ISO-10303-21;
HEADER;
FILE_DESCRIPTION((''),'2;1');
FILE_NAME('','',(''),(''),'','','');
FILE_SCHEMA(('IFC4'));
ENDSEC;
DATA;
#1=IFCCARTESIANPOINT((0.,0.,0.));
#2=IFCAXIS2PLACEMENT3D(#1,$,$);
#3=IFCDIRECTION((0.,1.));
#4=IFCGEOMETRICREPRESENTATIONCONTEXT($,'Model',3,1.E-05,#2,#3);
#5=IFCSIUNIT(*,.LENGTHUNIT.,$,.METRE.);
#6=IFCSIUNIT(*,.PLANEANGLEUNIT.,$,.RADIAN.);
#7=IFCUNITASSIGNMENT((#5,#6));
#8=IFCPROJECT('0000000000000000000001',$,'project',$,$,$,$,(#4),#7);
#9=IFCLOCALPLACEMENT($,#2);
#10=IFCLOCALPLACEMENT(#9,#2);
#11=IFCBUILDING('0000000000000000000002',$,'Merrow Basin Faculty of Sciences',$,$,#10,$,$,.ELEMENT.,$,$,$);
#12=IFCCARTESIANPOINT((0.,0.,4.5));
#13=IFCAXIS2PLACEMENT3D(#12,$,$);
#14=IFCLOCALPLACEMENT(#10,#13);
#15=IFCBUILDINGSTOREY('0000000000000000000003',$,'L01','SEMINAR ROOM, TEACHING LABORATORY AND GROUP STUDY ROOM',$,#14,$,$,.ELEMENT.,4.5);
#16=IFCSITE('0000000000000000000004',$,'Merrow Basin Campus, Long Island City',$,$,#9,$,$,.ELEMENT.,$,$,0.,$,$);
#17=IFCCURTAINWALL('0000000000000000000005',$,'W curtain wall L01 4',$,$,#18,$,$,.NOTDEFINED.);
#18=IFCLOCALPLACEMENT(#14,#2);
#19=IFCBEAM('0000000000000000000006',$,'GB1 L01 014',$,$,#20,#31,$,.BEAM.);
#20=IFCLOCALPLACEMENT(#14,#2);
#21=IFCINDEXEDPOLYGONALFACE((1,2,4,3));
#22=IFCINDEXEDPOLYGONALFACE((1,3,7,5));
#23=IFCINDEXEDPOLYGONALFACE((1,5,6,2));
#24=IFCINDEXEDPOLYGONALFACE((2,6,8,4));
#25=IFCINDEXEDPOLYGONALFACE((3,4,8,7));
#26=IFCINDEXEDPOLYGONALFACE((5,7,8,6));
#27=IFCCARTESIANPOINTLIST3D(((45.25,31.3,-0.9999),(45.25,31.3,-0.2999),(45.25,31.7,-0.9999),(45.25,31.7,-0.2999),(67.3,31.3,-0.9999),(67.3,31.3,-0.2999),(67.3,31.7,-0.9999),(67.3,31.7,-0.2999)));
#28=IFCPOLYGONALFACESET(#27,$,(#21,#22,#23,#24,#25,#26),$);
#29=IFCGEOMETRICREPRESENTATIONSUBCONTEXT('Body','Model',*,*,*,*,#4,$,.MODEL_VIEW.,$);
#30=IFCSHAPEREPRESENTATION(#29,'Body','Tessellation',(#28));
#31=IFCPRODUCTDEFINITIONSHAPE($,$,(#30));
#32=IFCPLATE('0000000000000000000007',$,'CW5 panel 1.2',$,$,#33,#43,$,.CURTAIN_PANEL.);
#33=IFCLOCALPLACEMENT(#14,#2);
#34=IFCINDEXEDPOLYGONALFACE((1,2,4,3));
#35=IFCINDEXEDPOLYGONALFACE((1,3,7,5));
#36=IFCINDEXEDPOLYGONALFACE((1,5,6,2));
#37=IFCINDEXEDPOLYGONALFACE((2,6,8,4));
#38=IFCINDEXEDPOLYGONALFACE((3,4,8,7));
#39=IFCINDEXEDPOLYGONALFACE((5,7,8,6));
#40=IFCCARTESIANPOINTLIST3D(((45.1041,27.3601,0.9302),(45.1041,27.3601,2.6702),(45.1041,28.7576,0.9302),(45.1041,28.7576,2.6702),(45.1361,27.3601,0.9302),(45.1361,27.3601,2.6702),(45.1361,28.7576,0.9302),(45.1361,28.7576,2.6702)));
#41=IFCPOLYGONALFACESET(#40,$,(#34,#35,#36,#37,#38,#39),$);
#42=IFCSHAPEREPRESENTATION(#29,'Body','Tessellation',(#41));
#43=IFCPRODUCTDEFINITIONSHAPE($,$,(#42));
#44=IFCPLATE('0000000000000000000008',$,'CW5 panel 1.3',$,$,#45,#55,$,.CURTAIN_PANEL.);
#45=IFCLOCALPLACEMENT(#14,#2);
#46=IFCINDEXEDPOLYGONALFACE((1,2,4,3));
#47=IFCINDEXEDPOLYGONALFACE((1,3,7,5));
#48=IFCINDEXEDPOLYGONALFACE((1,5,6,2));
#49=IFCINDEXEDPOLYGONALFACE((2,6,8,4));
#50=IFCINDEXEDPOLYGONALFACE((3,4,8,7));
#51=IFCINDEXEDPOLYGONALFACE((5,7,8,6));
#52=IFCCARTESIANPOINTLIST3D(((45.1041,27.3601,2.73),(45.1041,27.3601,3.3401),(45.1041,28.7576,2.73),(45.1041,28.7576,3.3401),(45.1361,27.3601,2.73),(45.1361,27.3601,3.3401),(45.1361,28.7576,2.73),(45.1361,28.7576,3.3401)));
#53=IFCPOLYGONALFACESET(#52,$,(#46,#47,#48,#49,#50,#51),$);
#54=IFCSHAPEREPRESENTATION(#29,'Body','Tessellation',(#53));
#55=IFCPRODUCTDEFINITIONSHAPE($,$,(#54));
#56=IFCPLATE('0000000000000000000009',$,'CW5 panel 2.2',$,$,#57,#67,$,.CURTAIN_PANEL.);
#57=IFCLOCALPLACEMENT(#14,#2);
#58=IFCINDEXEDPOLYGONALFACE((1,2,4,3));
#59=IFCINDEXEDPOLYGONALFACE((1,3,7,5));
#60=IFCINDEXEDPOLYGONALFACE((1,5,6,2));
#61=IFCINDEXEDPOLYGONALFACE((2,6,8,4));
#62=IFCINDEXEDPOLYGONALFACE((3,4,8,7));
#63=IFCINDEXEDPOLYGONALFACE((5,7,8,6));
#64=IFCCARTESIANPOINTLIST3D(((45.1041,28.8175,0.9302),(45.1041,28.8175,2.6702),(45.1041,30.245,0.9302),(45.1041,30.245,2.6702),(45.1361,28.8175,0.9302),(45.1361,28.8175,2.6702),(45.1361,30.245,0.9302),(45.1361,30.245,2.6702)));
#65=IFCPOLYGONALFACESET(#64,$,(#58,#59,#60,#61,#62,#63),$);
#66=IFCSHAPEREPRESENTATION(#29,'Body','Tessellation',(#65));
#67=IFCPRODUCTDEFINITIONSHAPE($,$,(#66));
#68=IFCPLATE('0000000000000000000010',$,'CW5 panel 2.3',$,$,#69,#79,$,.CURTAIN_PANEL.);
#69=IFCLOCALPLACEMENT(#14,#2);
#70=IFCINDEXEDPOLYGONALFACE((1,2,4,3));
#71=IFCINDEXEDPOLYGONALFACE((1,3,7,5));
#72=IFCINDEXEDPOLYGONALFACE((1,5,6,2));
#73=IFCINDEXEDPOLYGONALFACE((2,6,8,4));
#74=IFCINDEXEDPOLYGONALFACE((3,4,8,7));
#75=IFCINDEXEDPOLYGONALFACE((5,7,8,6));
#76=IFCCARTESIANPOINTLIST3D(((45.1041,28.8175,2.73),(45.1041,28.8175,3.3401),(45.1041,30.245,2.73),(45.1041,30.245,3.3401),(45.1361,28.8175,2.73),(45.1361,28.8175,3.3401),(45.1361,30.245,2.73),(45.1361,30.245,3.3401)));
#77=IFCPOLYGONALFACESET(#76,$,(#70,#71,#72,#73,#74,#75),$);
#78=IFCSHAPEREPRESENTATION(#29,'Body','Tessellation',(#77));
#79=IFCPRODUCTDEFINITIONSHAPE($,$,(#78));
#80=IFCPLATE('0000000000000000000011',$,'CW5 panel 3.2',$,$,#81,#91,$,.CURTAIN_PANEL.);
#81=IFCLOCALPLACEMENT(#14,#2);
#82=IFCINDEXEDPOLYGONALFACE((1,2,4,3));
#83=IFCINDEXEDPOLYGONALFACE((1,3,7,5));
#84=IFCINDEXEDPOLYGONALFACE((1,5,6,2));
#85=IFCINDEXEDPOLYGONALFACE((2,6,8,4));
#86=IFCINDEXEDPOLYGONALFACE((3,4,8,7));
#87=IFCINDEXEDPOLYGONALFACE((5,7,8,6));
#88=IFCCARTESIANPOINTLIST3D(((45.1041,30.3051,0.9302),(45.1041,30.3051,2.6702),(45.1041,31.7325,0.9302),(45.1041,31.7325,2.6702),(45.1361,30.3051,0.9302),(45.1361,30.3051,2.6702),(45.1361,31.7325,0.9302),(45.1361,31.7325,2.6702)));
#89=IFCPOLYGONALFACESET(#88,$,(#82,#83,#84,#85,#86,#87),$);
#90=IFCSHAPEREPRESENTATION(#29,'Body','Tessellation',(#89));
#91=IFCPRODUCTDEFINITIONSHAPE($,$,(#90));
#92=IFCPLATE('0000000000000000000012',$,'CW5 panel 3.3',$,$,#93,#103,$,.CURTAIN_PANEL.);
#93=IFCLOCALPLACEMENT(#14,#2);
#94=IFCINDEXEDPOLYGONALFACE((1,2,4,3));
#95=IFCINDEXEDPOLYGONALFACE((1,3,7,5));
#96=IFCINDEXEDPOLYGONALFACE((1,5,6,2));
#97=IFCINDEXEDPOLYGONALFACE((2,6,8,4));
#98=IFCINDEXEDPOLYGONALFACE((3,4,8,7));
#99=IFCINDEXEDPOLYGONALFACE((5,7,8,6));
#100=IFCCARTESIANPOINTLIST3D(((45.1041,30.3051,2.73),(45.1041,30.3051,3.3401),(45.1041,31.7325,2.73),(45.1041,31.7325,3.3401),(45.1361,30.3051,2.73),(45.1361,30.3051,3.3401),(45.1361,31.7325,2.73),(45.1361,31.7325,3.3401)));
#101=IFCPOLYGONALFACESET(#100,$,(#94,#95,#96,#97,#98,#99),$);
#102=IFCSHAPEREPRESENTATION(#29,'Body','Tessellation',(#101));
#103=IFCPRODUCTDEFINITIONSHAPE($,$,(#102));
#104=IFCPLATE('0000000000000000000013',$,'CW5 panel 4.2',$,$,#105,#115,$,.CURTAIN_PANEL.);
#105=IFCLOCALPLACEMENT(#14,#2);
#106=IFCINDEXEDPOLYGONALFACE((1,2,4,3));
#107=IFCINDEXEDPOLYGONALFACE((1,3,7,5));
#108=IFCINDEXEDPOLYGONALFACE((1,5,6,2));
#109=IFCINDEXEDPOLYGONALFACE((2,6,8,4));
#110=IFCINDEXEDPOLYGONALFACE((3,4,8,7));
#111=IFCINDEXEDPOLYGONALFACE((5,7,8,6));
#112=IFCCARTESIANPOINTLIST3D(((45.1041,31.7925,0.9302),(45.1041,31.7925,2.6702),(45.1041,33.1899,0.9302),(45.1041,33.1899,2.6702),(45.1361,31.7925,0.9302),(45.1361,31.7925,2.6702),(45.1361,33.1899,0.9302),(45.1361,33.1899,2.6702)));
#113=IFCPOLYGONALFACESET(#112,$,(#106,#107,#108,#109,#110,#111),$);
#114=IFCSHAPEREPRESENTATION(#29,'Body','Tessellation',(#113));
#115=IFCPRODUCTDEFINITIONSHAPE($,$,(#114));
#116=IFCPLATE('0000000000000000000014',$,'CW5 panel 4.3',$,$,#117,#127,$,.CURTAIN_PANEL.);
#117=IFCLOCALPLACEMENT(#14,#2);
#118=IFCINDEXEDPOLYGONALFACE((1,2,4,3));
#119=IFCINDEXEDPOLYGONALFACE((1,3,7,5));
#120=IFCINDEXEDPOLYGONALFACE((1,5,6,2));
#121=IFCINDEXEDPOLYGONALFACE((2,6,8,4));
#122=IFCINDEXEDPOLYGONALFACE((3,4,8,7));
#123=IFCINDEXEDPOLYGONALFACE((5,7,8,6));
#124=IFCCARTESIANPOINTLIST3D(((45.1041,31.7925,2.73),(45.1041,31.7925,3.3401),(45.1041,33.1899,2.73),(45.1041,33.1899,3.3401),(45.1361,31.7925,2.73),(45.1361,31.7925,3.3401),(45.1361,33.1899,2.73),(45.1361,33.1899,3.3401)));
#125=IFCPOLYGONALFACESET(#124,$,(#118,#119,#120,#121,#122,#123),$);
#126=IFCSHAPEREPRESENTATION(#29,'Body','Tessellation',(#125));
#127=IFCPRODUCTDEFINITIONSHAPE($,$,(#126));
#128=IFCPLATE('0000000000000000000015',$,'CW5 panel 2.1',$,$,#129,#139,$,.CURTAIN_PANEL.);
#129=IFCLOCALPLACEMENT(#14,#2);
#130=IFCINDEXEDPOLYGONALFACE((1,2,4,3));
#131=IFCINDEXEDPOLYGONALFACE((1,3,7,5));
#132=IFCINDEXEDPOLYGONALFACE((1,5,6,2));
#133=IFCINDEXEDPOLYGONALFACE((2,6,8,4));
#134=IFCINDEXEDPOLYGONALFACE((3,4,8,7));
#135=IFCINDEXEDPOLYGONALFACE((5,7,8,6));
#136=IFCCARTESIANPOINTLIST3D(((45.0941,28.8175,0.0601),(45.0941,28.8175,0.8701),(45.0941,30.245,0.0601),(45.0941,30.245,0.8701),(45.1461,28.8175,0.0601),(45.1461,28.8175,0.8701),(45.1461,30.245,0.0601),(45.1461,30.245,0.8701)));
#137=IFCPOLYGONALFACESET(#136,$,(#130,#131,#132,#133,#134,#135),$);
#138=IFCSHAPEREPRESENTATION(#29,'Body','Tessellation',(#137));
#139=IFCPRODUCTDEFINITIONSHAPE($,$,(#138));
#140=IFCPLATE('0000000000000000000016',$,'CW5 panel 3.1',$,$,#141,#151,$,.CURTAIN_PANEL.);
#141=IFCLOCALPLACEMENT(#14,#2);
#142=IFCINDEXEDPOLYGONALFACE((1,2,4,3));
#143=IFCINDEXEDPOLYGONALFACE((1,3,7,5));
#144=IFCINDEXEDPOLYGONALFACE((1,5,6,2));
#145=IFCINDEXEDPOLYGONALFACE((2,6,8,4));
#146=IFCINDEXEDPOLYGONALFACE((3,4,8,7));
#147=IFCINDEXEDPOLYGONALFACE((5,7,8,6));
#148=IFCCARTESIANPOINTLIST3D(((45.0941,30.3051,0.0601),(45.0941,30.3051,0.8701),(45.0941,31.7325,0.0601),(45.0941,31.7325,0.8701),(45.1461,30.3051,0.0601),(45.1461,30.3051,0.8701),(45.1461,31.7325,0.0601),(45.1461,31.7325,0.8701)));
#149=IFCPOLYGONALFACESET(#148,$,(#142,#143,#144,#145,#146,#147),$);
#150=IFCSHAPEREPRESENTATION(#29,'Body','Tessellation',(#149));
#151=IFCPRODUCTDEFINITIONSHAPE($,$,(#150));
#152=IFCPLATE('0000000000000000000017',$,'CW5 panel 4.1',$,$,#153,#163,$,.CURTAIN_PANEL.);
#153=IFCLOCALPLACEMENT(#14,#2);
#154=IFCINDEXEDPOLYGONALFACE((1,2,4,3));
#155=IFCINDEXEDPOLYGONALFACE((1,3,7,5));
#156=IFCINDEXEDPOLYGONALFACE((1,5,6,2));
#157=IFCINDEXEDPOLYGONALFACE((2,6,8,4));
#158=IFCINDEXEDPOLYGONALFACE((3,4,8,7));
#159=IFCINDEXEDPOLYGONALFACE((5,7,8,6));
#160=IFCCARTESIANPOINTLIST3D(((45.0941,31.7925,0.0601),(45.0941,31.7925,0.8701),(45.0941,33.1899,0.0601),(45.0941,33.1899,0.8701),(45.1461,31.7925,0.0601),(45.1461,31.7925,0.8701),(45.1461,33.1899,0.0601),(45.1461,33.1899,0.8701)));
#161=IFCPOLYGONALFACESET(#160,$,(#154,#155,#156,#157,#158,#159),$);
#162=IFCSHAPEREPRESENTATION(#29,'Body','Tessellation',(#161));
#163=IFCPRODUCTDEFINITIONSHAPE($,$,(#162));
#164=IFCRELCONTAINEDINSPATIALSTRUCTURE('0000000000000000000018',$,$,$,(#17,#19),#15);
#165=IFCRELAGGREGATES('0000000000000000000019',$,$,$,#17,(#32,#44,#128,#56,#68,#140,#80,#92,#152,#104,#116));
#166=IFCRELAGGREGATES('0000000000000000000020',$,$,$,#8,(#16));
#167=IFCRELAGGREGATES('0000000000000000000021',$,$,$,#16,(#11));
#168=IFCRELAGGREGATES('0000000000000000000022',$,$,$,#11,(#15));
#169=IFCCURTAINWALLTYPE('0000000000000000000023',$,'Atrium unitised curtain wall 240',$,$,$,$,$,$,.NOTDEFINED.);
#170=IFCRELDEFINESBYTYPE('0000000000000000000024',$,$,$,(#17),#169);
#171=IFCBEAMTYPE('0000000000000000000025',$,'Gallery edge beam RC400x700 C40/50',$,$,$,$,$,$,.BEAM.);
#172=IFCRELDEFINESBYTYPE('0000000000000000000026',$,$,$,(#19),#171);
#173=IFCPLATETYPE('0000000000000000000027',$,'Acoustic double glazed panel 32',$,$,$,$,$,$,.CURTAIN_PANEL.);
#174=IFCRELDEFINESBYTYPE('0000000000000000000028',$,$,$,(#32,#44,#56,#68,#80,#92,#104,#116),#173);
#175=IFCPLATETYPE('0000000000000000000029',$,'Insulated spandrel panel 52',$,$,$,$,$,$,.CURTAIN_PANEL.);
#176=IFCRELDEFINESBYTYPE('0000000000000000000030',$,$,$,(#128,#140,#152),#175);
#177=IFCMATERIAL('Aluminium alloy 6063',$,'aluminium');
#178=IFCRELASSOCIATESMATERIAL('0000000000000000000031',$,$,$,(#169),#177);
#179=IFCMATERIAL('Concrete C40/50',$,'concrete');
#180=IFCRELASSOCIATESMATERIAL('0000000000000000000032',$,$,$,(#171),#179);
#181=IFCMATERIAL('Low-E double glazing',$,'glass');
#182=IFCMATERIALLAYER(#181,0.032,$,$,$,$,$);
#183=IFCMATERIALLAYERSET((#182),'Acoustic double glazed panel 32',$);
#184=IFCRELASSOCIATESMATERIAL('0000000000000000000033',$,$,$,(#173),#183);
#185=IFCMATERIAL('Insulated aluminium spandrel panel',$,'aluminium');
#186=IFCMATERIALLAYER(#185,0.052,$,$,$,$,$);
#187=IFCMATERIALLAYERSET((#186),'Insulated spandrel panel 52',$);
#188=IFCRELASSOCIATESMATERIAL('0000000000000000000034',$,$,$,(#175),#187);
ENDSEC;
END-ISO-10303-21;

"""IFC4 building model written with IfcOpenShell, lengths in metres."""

from ifc_helpers import new_model, si_unit, direction, frame, origin, origin_2d, place, context, subcontext, project, spatial, rectangle, extrude, material, layer, layer_set, material_profile, profile_set, type_object, element, aggregate, save


model = new_model("IFC4")

# Units and contexts
model_context = context("Model", 3, precision=1e-05, world=origin(), true_north=direction((0.0, 1.0)))
body_context = subcontext(model_context, "Body", "Model", "MODEL_VIEW")
ifc_project = project(units=[si_unit("LENGTHUNIT", "METRE"), si_unit("PLANEANGLEUNIT", "RADIAN")], contexts=[model_context])

# Site, building, storey
site_placement = place(None, origin())
site = spatial("IfcSite", under=ifc_project, at=site_placement, Name="Merrow Basin Campus, Long Island City", CompositionType="ELEMENT", RefElevation=0.0)
building_placement = place(site_placement, origin())
building = spatial("IfcBuilding", under=site, at=building_placement, Name="Merrow Basin Faculty of Sciences", CompositionType="ELEMENT")
storey_placement = place(building_placement, frame((0.0, 0.0, 4.5)))
storey = spatial("IfcBuildingStorey", under=building, at=storey_placement, Name="L01", Description="SEMINAR ROOM, TEACHING LABORATORY AND GROUP STUDY ROOM", CompositionType="ELEMENT", Elevation=4.5)

# Curtain wall
ifc_material_1 = material(Name="Aluminium alloy 6063", Category="aluminium")
curtain_wall_type = type_object("IfcCurtainWallType", Name="Atrium unitised curtain wall 240", PredefinedType="NOTDEFINED", material=ifc_material_1)
curtain_wall_placement = place(storey_placement, origin())
curtain_wall = element("IfcCurtainWall", 1, at=curtain_wall_placement, inside=storey, type_object=curtain_wall_type, Name="W curtain wall L01 4", PredefinedType="NOTDEFINED")

# Beam
ifc_material_2 = material(Name="Concrete C40/50", Category="concrete")
ifc_material_profile_1 = material_profile(ifc_material_2, rectangle(XDim=0.3999, YDim=0.7, at=origin_2d()))
ifc_profile_set_1 = profile_set([ifc_material_profile_1], Name="Concrete C40/50")
beam_type = type_object("IfcBeamType", Name="Gallery edge beam RC400x700 C40/50", PredefinedType="BEAM", material=ifc_profile_set_1)
beam_placement = place(storey_placement, frame((45.25, 31.5, -0.6499), z_axis=(1.0, 0.0, 0.0), x_axis=(0.0, 1.0, 0.0)))
element("IfcBeam", 2, at=beam_placement, inside=storey, type_object=beam_type, Name="GB1 L01 014", PredefinedType="BEAM", context=body_context, shape_type="SweptSolid", body=[
    extrude(rectangle(XDim=0.3999, YDim=0.7, at=origin_2d()), origin(), (0.0, 0.0, 1.0), 22.05),
])

# Plates
ifc_material_3 = material(Name="Low-E double glazing", Category="glass")
ifc_layer_1 = layer(ifc_material_3, 0.032)
ifc_layer_set_1 = layer_set([ifc_layer_1], Name="Acoustic double glazed panel 32")
plate_type_1 = type_object("IfcPlateType", Name="Acoustic double glazed panel 32", PredefinedType="CURTAIN_PANEL", material=ifc_layer_set_1)
plate_1_placement = place(storey_placement, frame((45.1201, 28.0588, 0.9302), z_axis=(0.0, 0.0, 1.0), x_axis=(0.0, 1.0, 0.0)))
plate_1 = element("IfcPlate", 3, at=plate_1_placement, type_object=plate_type_1, Name="CW5 panel 1.2", PredefinedType="CURTAIN_PANEL", context=body_context, shape_type="SweptSolid", body=[
    extrude(rectangle(XDim=1.3975, YDim=0.032, at=origin_2d()), origin(), (0.0, 0.0, 1.0), 1.74),
])
plate_2_placement = place(storey_placement, frame((45.1201, 28.0588, 2.73), z_axis=(0.0, 0.0, 1.0), x_axis=(0.0, 1.0, 0.0)))
plate_2 = element("IfcPlate", 4, at=plate_2_placement, type_object=plate_type_1, Name="CW5 panel 1.3", PredefinedType="CURTAIN_PANEL", context=body_context, shape_type="SweptSolid", body=[
    extrude(rectangle(XDim=1.3975, YDim=0.032, at=origin_2d()), origin(), (0.0, 0.0, 1.0), 0.6101),
])
plate_3_placement = place(storey_placement, frame((45.1201, 29.5312, 0.9302), z_axis=(0.0, 0.0, 1.0), x_axis=(0.0, 1.0, 0.0)))
plate_3 = element("IfcPlate", 5, at=plate_3_placement, type_object=plate_type_1, Name="CW5 panel 2.2", PredefinedType="CURTAIN_PANEL", context=body_context, shape_type="SweptSolid", body=[
    extrude(rectangle(XDim=1.4275, YDim=0.032, at=origin_2d()), origin(), (0.0, 0.0, 1.0), 1.74),
])
plate_4_placement = place(storey_placement, frame((45.1201, 29.5312, 2.73), z_axis=(0.0, 0.0, 1.0), x_axis=(0.0, 1.0, 0.0)))
plate_4 = element("IfcPlate", 6, at=plate_4_placement, type_object=plate_type_1, Name="CW5 panel 2.3", PredefinedType="CURTAIN_PANEL", context=body_context, shape_type="SweptSolid", body=[
    extrude(rectangle(XDim=1.4275, YDim=0.032, at=origin_2d()), origin(), (0.0, 0.0, 1.0), 0.6101),
])
plate_5_placement = place(storey_placement, frame((45.1201, 31.0188, 0.9302), z_axis=(0.0, 0.0, 1.0), x_axis=(0.0, 1.0, 0.0)))
plate_5 = element("IfcPlate", 7, at=plate_5_placement, type_object=plate_type_1, Name="CW5 panel 3.2", PredefinedType="CURTAIN_PANEL", context=body_context, shape_type="SweptSolid", body=[
    extrude(rectangle(XDim=1.4275, YDim=0.032, at=origin_2d()), origin(), (0.0, 0.0, 1.0), 1.74),
])
plate_6_placement = place(storey_placement, frame((45.1201, 31.0188, 2.73), z_axis=(0.0, 0.0, 1.0), x_axis=(0.0, 1.0, 0.0)))
plate_6 = element("IfcPlate", 8, at=plate_6_placement, type_object=plate_type_1, Name="CW5 panel 3.3", PredefinedType="CURTAIN_PANEL", context=body_context, shape_type="SweptSolid", body=[
    extrude(rectangle(XDim=1.4275, YDim=0.032, at=origin_2d()), origin(), (0.0, 0.0, 1.0), 0.6101),
])
plate_7_placement = place(storey_placement, frame((45.1201, 32.4912, 0.9302), z_axis=(0.0, 0.0, 1.0), x_axis=(0.0, 1.0, 0.0)))
plate_7 = element("IfcPlate", 9, at=plate_7_placement, type_object=plate_type_1, Name="CW5 panel 4.2", PredefinedType="CURTAIN_PANEL", context=body_context, shape_type="SweptSolid", body=[
    extrude(rectangle(XDim=1.3975, YDim=0.032, at=origin_2d()), origin(), (0.0, 0.0, 1.0), 1.74),
])
plate_8_placement = place(storey_placement, frame((45.1201, 32.4912, 2.73), z_axis=(0.0, 0.0, 1.0), x_axis=(0.0, 1.0, 0.0)))
plate_8 = element("IfcPlate", 10, at=plate_8_placement, type_object=plate_type_1, Name="CW5 panel 4.3", PredefinedType="CURTAIN_PANEL", context=body_context, shape_type="SweptSolid", body=[
    extrude(rectangle(XDim=1.3975, YDim=0.032, at=origin_2d()), origin(), (0.0, 0.0, 1.0), 0.6101),
])
ifc_material_4 = material(Name="Insulated aluminium spandrel panel", Category="aluminium")
ifc_layer_2 = layer(ifc_material_4, 0.052)
ifc_layer_set_2 = layer_set([ifc_layer_2], Name="Insulated spandrel panel 52")
plate_type_2 = type_object("IfcPlateType", Name="Insulated spandrel panel 52", PredefinedType="CURTAIN_PANEL", material=ifc_layer_set_2)
plate_9_placement = place(storey_placement, frame((45.1201, 29.5312, 0.0601), z_axis=(0.0, 0.0, 1.0), x_axis=(0.0, 1.0, 0.0)))
plate_9 = element("IfcPlate", 11, at=plate_9_placement, type_object=plate_type_2, Name="CW5 panel 2.1", PredefinedType="CURTAIN_PANEL", context=body_context, shape_type="SweptSolid", body=[
    extrude(rectangle(XDim=1.4275, YDim=0.052, at=origin_2d()), origin(), (0.0, 0.0, 1.0), 0.8101),
])
plate_10_placement = place(storey_placement, frame((45.1201, 31.0188, 0.0601), z_axis=(0.0, 0.0, 1.0), x_axis=(0.0, 1.0, 0.0)))
plate_10 = element("IfcPlate", 12, at=plate_10_placement, type_object=plate_type_2, Name="CW5 panel 3.1", PredefinedType="CURTAIN_PANEL", context=body_context, shape_type="SweptSolid", body=[
    extrude(rectangle(XDim=1.4275, YDim=0.052, at=origin_2d()), origin(), (0.0, 0.0, 1.0), 0.8101),
])
plate_11_placement = place(storey_placement, frame((45.1201, 32.4912, 0.0601), z_axis=(0.0, 0.0, 1.0), x_axis=(0.0, 1.0, 0.0)))
plate_11 = element("IfcPlate", 13, at=plate_11_placement, type_object=plate_type_2, Name="CW5 panel 4.1", PredefinedType="CURTAIN_PANEL", context=body_context, shape_type="SweptSolid", body=[
    extrude(rectangle(XDim=1.3975, YDim=0.052, at=origin_2d()), origin(), (0.0, 0.0, 1.0), 0.8101),
])
aggregate(curtain_wall, [plate_1, plate_2, plate_9, plate_3, plate_4, plate_10, plate_5, plate_6, plate_11, plate_7, plate_8])

save(model, "model.ifc")
